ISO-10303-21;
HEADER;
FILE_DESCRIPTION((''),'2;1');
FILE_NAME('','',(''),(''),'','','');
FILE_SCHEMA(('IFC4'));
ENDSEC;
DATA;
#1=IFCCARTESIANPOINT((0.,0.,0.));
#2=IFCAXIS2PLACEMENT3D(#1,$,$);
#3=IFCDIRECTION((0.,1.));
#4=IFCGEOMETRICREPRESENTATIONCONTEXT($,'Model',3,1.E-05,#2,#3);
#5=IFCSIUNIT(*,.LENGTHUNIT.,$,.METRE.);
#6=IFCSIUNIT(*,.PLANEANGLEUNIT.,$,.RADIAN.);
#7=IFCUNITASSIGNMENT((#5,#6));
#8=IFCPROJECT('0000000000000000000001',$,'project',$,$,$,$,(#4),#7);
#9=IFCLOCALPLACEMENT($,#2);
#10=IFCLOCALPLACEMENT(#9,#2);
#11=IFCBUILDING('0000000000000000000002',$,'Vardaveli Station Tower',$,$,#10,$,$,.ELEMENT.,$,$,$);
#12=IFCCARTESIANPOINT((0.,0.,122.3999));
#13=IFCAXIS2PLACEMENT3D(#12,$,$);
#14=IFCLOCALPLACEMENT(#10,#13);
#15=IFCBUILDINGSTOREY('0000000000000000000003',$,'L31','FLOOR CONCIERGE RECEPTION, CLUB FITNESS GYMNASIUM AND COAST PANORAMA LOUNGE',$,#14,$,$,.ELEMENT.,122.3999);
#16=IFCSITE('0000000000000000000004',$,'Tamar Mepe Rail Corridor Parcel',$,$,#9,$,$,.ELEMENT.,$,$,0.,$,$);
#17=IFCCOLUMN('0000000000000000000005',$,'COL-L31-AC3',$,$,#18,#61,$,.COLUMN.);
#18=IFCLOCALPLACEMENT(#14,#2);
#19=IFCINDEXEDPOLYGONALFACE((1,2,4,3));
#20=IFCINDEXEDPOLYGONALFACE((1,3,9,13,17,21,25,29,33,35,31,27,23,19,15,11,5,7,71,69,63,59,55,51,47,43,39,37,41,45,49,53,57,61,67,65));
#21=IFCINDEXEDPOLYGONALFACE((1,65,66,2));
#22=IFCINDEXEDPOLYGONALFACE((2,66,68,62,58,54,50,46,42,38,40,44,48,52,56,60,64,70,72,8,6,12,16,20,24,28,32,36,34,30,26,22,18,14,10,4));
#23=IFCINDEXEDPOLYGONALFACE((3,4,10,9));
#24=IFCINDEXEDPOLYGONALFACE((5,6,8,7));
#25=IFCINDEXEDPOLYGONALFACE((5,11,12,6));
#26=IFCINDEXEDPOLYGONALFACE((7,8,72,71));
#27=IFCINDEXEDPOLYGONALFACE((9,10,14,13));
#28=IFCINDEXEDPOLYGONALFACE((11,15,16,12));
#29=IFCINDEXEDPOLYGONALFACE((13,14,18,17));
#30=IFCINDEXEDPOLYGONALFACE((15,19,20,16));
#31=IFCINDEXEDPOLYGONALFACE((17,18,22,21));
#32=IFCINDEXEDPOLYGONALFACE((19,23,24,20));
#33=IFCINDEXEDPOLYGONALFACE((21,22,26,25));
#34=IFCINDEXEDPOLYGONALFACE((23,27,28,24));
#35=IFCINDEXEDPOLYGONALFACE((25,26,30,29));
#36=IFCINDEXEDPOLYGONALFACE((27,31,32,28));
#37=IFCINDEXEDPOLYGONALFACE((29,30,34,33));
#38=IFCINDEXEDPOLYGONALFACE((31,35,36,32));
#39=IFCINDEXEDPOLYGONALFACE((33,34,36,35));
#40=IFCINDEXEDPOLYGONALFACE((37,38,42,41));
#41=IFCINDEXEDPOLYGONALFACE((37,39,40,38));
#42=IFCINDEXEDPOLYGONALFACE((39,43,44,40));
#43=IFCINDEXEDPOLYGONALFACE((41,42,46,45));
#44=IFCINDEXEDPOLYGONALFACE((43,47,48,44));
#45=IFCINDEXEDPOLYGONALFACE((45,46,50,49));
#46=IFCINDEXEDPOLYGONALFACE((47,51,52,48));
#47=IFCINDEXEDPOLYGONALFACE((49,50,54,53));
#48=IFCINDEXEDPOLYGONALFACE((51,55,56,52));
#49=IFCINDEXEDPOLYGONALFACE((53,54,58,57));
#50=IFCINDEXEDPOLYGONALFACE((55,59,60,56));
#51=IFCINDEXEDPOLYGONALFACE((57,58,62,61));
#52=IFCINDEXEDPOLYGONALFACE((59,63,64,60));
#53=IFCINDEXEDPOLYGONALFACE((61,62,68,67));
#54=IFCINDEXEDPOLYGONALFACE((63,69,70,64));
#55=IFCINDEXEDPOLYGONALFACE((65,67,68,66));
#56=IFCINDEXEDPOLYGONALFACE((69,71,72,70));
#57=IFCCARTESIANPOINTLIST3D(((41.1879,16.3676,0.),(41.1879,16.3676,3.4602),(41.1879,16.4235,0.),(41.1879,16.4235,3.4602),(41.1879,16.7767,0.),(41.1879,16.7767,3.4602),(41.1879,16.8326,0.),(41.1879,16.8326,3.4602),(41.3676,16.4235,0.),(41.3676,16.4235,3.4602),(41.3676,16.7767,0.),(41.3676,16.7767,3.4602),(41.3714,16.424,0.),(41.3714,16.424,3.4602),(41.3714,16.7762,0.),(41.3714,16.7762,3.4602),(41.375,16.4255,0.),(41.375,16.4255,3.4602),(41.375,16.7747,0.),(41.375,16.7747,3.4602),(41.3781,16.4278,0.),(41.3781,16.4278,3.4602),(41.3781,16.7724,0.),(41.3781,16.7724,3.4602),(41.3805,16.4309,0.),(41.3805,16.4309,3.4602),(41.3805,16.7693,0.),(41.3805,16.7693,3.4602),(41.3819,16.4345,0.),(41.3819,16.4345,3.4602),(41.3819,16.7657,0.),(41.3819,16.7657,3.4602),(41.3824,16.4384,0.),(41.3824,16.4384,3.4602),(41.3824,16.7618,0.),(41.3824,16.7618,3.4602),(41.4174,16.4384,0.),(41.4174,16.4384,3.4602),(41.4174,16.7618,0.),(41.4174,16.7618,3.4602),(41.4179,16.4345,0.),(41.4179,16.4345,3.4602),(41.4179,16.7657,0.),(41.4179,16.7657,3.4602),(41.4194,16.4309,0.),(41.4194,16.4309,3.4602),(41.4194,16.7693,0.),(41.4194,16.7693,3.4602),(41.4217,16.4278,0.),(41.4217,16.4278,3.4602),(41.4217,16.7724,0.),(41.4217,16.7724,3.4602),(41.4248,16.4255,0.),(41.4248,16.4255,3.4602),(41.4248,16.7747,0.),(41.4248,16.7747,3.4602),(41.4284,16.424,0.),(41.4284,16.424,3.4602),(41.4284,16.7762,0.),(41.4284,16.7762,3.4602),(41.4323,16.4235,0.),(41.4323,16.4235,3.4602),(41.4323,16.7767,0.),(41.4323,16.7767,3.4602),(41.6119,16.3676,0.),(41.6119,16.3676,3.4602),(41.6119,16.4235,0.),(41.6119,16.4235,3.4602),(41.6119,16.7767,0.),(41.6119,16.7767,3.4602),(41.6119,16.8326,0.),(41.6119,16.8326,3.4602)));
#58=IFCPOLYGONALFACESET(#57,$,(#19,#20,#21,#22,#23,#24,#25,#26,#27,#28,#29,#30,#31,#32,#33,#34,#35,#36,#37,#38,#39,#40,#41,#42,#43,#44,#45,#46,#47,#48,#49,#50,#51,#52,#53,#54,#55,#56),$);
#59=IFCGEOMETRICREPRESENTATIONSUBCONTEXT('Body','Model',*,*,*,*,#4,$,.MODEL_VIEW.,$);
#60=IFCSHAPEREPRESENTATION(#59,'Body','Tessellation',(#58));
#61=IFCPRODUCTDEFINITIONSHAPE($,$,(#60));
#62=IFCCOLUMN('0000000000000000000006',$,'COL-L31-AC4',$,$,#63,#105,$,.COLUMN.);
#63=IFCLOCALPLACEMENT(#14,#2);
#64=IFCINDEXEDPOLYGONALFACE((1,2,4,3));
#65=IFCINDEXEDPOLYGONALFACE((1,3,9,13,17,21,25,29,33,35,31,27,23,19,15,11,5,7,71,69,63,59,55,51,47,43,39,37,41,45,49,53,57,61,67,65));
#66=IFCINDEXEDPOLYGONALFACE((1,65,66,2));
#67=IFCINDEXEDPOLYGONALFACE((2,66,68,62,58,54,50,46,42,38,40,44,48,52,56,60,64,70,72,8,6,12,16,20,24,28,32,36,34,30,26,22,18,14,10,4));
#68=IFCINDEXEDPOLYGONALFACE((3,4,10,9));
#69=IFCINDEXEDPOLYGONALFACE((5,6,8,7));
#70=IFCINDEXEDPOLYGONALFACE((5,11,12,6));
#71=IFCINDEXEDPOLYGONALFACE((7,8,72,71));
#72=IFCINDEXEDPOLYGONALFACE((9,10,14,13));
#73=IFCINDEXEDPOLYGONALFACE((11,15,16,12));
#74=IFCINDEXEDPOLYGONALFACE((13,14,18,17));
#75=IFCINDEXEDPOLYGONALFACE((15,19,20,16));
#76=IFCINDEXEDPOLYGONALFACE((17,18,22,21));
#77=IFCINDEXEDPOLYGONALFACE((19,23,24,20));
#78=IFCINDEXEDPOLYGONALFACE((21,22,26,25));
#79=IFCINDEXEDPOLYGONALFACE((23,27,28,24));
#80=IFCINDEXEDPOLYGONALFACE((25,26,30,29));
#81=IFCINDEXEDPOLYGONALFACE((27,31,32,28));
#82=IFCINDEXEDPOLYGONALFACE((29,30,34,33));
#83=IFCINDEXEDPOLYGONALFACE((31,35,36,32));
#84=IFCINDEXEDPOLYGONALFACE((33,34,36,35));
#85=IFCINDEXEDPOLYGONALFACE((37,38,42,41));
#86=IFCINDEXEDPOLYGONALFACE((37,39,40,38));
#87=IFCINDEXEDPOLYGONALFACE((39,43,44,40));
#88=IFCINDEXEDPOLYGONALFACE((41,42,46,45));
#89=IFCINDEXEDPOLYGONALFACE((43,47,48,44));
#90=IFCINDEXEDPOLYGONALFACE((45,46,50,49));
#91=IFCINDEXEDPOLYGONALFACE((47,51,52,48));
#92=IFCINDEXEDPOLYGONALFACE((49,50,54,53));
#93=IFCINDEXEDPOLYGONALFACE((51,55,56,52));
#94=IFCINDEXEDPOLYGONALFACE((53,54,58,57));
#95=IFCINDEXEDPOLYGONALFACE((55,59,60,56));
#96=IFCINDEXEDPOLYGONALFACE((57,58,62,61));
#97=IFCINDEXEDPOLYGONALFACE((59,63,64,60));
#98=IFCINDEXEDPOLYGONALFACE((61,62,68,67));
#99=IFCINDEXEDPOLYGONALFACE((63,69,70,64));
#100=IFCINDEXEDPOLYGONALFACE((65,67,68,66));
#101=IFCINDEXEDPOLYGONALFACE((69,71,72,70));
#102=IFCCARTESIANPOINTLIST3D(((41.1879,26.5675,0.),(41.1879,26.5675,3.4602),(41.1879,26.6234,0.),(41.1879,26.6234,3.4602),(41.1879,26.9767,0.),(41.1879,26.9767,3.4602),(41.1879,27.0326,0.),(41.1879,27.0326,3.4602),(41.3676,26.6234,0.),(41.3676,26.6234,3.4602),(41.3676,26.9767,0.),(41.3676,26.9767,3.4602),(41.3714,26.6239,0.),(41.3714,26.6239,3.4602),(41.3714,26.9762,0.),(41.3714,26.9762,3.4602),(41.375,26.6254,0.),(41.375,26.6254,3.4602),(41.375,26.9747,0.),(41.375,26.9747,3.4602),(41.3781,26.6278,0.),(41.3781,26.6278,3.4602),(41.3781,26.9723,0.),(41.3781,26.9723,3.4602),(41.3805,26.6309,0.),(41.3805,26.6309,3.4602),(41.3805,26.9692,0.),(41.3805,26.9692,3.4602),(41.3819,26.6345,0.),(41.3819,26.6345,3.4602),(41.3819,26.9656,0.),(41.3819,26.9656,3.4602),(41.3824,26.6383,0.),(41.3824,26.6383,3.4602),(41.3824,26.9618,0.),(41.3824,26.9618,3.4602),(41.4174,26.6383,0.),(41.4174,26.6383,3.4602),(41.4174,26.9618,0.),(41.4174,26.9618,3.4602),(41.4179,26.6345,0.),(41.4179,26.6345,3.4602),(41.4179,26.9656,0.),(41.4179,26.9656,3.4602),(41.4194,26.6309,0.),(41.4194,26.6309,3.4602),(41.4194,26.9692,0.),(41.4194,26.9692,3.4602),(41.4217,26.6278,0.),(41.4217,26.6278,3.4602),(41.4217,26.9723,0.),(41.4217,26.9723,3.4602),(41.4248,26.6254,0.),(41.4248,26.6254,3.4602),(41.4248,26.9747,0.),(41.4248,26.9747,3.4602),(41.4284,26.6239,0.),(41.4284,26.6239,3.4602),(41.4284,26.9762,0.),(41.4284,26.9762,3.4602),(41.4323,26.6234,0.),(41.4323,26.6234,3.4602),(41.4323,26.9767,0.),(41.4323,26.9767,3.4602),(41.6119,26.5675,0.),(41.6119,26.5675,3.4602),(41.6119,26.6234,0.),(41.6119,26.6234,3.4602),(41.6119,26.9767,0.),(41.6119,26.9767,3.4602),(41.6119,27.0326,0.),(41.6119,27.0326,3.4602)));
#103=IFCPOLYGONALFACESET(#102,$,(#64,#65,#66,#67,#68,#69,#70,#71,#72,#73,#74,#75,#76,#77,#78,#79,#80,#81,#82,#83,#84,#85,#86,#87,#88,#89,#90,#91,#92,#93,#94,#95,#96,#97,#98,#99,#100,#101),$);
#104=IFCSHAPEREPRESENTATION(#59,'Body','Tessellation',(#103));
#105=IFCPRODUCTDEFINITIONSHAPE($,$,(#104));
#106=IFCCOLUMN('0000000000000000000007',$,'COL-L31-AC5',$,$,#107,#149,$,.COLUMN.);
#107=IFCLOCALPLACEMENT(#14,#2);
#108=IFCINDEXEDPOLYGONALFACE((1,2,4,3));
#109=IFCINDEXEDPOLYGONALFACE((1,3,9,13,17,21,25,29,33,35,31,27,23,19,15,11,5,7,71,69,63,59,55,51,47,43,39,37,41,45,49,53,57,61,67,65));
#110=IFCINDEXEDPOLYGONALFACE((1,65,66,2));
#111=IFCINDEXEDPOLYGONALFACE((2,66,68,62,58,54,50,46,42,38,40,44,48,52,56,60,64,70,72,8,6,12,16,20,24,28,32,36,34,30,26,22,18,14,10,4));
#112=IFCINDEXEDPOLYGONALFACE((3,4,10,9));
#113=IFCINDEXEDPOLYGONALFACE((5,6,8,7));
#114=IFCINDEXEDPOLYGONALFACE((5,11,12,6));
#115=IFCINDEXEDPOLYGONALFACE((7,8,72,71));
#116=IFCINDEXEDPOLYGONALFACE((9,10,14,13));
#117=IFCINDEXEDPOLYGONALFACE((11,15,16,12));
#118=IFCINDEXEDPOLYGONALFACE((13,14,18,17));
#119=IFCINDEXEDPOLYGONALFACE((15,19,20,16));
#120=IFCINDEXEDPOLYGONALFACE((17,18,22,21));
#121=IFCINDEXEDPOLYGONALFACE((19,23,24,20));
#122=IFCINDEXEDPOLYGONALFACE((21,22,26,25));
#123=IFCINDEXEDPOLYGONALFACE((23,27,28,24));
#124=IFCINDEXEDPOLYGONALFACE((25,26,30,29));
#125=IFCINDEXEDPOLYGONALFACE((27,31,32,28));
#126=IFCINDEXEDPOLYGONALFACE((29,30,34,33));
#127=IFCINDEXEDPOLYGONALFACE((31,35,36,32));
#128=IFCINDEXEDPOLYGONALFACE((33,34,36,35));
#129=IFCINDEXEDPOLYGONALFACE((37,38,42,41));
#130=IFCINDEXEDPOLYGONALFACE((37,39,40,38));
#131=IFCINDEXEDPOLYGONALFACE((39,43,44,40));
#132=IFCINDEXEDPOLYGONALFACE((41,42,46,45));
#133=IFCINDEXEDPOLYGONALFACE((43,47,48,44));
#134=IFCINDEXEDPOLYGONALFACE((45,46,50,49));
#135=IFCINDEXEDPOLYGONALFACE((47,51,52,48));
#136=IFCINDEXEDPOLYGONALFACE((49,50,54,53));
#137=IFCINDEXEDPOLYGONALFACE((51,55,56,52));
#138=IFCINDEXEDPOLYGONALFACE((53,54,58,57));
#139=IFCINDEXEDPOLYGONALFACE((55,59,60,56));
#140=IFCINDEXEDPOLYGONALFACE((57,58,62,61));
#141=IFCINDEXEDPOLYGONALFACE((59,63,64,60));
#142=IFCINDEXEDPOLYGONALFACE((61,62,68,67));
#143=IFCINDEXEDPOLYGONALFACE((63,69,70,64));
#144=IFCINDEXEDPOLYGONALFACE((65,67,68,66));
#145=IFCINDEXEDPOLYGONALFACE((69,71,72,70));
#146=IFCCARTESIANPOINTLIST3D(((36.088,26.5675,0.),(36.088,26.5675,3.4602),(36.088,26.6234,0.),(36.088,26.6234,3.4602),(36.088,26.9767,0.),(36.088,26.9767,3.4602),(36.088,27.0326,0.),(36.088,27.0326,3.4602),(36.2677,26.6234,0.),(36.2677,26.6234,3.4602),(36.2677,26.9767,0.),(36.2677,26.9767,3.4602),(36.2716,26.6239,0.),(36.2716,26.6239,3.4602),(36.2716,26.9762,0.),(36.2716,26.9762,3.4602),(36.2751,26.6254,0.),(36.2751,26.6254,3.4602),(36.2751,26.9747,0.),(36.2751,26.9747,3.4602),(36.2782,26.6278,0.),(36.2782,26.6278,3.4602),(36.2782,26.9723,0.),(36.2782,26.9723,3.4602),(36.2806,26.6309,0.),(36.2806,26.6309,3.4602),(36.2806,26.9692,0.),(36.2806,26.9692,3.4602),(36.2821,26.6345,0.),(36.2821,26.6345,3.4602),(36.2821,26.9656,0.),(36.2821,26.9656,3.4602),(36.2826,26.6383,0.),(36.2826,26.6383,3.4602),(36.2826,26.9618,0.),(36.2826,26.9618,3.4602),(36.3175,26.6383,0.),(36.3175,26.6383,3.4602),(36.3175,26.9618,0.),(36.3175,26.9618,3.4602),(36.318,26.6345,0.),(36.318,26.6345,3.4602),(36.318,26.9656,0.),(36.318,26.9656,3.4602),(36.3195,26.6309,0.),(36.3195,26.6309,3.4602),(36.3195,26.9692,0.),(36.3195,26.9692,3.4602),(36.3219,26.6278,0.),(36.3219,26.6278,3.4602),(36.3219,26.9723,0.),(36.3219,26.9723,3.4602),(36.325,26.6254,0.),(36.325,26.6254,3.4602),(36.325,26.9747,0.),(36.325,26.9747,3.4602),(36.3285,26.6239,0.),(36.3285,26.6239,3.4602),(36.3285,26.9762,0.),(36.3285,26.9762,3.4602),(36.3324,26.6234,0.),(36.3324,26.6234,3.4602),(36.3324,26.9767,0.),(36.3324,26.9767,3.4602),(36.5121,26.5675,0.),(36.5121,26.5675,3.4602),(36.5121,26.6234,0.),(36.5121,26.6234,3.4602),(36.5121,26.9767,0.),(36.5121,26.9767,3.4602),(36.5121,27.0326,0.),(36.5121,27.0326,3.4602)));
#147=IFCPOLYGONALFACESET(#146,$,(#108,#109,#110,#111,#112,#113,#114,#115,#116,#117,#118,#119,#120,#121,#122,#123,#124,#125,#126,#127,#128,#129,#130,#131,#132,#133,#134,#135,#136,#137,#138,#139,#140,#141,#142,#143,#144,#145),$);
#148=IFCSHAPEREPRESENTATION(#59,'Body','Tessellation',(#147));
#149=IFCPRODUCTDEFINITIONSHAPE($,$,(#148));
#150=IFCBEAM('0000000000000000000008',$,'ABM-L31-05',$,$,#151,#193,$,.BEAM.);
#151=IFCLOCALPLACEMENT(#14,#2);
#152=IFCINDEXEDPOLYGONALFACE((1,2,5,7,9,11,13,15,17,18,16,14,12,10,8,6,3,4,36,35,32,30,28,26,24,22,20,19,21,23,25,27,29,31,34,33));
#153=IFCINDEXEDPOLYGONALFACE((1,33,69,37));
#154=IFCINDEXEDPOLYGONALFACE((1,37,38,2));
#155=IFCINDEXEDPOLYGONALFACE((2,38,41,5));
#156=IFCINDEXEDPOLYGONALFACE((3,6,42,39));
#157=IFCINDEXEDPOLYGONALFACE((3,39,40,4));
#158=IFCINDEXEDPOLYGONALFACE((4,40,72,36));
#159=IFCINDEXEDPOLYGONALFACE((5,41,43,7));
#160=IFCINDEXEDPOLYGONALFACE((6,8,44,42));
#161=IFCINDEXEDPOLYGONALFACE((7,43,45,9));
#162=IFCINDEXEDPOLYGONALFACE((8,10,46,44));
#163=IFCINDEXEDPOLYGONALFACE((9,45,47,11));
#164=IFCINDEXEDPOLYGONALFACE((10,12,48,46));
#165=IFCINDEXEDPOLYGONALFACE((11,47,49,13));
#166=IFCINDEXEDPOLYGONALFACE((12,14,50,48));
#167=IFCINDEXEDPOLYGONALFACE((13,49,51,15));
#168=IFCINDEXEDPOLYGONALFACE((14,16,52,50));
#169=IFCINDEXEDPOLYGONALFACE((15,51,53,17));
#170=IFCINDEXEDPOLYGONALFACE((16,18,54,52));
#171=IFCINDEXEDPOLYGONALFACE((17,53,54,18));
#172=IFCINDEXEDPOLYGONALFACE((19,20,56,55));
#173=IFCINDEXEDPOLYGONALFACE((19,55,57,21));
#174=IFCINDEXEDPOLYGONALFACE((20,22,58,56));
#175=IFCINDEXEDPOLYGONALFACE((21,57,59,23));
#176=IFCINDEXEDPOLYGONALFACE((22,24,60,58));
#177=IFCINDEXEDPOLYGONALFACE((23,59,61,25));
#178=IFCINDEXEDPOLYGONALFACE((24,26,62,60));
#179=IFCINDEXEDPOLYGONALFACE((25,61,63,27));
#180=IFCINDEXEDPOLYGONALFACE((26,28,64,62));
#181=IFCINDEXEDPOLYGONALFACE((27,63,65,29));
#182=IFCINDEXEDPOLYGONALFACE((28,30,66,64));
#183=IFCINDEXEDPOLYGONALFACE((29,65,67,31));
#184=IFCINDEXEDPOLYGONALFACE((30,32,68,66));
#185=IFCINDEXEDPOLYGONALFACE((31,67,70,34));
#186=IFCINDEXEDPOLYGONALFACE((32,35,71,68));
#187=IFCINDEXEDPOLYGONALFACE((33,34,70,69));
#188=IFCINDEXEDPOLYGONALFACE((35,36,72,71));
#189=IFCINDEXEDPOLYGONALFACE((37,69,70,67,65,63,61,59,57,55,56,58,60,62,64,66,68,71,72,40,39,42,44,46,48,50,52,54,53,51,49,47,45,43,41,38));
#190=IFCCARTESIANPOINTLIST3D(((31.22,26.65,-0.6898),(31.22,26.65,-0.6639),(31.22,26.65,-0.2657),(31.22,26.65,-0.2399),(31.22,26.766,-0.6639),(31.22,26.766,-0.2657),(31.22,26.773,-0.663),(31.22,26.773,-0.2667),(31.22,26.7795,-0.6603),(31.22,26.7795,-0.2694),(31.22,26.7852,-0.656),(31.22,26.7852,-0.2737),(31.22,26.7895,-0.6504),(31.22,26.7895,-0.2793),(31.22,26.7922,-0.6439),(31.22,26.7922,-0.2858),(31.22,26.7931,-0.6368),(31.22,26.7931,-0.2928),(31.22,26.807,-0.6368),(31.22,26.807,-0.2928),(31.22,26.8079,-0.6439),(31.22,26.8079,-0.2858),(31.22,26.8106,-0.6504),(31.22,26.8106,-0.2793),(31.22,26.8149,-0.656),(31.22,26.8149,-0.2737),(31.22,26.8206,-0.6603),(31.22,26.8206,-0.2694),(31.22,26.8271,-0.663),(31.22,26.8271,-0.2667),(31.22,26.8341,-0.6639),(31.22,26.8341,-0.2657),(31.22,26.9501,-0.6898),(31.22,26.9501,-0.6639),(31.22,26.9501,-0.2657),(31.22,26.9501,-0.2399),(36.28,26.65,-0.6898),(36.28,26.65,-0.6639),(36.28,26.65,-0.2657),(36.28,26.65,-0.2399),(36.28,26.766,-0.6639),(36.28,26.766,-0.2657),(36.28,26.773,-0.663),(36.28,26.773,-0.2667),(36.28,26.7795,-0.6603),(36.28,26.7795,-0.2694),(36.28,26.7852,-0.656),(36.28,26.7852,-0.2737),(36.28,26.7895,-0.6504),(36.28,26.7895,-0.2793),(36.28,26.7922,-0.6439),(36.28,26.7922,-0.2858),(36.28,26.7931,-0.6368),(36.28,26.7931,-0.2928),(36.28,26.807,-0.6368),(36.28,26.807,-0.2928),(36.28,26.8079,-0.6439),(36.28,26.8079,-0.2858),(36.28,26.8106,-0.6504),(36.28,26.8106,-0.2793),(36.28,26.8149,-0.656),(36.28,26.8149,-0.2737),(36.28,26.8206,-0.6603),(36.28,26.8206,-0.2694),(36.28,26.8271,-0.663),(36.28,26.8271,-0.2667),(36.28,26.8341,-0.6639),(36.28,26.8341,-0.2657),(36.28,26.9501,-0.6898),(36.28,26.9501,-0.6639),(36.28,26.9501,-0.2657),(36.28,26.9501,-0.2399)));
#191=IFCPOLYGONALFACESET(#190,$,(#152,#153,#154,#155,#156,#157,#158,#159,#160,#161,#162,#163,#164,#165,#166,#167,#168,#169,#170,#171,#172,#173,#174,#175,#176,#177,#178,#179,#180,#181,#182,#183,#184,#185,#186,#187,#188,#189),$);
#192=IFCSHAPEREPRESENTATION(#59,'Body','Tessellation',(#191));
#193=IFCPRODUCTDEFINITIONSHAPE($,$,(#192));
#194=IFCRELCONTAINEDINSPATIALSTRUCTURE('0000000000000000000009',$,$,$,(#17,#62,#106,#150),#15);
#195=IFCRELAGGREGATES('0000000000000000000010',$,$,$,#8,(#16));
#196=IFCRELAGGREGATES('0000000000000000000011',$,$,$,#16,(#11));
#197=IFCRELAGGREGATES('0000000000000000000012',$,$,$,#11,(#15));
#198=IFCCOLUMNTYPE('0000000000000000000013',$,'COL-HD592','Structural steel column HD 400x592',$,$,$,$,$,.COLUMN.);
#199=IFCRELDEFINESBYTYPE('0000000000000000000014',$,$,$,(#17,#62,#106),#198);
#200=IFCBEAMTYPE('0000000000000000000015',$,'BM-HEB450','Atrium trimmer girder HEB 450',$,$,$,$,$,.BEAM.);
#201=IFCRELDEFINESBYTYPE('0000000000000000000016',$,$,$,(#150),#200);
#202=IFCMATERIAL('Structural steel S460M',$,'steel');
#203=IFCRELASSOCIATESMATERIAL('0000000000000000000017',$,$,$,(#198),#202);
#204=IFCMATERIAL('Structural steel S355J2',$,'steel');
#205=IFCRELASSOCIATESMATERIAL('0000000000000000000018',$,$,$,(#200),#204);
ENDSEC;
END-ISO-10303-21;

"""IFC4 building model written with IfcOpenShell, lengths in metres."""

from ifc_helpers import new_model, si_unit, direction, frame, origin, origin_2d, place, context, subcontext, project, spatial, i_section, extrude, source, transform, mapped, material, material_profile, profile_set, type_object, element, save


model = new_model("IFC4")

# Units and contexts
model_context = context("Model", 3, precision=1e-05, world=origin(), true_north=direction((0.0, 1.0)))
body_context = subcontext(model_context, "Body", "Model", "MODEL_VIEW")
ifc_project = project(units=[si_unit("LENGTHUNIT", "METRE"), si_unit("PLANEANGLEUNIT", "RADIAN")], contexts=[model_context])

# Site, building, storey
site_placement = place(None, origin())
site = spatial("IfcSite", under=ifc_project, at=site_placement, Name="Tamar Mepe Rail Corridor Parcel", CompositionType="ELEMENT", RefElevation=0.0)
building_placement = place(site_placement, origin())
building = spatial("IfcBuilding", under=site, at=building_placement, Name="Vardaveli Station Tower", CompositionType="ELEMENT")
storey_placement = place(building_placement, frame((0.0, 0.0, 122.3999)))
storey = spatial("IfcBuildingStorey", under=building, at=storey_placement, Name="L31", Description="FLOOR CONCIERGE RECEPTION, CLUB FITNESS GYMNASIUM AND COAST PANORAMA LOUNGE", CompositionType="ELEMENT", Elevation=122.3999)

# Columns
ifc_material_1 = material(Name="Structural steel S460M", Category="steel")
ifc_material_profile_1 = material_profile(ifc_material_1, i_section(OverallWidth=0.4241, OverallDepth=0.4651, WebThickness=0.0349, FlangeThickness=0.0559, FilletRadius=0.0149, at=origin_2d()), Name="HD 400x592")
ifc_profile_set_1 = profile_set([ifc_material_profile_1], Name="Structural steel S460M")
column_type = type_object("IfcColumnType", Name="COL-HD592", Description="Structural steel column HD 400x592", PredefinedType="COLUMN", material=ifc_profile_set_1)
shared_shape_1 = source(origin(), body_context, "Body", "SweptSolid", [
    extrude(i_section(OverallWidth=0.4241, OverallDepth=0.4651, WebThickness=0.0349, FlangeThickness=0.0559, FilletRadius=0.0149, at=origin_2d()), origin(), (0.0, 0.0, 1.0), 3.4602),
])
for number, where, z_axis, x_axis, name in (
    (1, (41.3999, 16.6001, 0.0), (0.0, 0.0, 1.0), (1.0, 0.0, 0.0), "COL-L31-AC3"),
    (2, (41.3999, 26.8, 0.0), (0.0, 0.0, 1.0), (1.0, 0.0, 0.0), "COL-L31-AC4"),
    (3, (36.3, 26.8, 0.0), (0.0, 0.0, 1.0), (1.0, 0.0, 0.0), "COL-L31-AC5"),
):
    element("IfcColumn", number, at=place(storey_placement, frame(where, z_axis=z_axis, x_axis=x_axis)), inside=storey, type_object=column_type, Name=name, PredefinedType="COLUMN", context=body_context, shape_type="MappedRepresentation", body=[
        mapped(shared_shape_1, transform((0.0, 0.0, 0.0), scale=1.0)),
    ])

# Beam
ifc_material_2 = material(Name="Structural steel S355J2", Category="steel")
ifc_material_profile_2 = material_profile(ifc_material_2, i_section(OverallWidth=0.3, OverallDepth=0.45, WebThickness=0.0139, FlangeThickness=0.0259, FilletRadius=0.0271, at=origin_2d()), Name="HEB 450")
ifc_profile_set_2 = profile_set([ifc_material_profile_2], Name="Structural steel S355J2")
beam_type_1 = type_object("IfcBeamType", Name="BM-HEB450", Description="Atrium trimmer girder HEB 450", PredefinedType="BEAM", material=ifc_profile_set_2)
shared_shape_2 = source(origin(), body_context, "Body", "SweptSolid", [
    extrude(i_section(OverallWidth=0.3, OverallDepth=0.45, WebThickness=0.0139, FlangeThickness=0.0259, FilletRadius=0.0271, at=origin_2d()), origin(), (0.0, 0.0, 1.0), 5.0601),
])
beam_1_placement = place(storey_placement, frame((36.28, 26.8, -0.4648), z_axis=(-1.0, 0.0, 0.0), x_axis=(0.0, -1.0, 0.0)))
element("IfcBeam", 4, at=beam_1_placement, inside=storey, type_object=beam_type_1, Name="ABM-L31-05", PredefinedType="BEAM", context=body_context, shape_type="MappedRepresentation", body=[
    mapped(shared_shape_2, transform((0.0, 0.0, 0.0), scale=1.0)),
])

save(model, "model.ifc")
